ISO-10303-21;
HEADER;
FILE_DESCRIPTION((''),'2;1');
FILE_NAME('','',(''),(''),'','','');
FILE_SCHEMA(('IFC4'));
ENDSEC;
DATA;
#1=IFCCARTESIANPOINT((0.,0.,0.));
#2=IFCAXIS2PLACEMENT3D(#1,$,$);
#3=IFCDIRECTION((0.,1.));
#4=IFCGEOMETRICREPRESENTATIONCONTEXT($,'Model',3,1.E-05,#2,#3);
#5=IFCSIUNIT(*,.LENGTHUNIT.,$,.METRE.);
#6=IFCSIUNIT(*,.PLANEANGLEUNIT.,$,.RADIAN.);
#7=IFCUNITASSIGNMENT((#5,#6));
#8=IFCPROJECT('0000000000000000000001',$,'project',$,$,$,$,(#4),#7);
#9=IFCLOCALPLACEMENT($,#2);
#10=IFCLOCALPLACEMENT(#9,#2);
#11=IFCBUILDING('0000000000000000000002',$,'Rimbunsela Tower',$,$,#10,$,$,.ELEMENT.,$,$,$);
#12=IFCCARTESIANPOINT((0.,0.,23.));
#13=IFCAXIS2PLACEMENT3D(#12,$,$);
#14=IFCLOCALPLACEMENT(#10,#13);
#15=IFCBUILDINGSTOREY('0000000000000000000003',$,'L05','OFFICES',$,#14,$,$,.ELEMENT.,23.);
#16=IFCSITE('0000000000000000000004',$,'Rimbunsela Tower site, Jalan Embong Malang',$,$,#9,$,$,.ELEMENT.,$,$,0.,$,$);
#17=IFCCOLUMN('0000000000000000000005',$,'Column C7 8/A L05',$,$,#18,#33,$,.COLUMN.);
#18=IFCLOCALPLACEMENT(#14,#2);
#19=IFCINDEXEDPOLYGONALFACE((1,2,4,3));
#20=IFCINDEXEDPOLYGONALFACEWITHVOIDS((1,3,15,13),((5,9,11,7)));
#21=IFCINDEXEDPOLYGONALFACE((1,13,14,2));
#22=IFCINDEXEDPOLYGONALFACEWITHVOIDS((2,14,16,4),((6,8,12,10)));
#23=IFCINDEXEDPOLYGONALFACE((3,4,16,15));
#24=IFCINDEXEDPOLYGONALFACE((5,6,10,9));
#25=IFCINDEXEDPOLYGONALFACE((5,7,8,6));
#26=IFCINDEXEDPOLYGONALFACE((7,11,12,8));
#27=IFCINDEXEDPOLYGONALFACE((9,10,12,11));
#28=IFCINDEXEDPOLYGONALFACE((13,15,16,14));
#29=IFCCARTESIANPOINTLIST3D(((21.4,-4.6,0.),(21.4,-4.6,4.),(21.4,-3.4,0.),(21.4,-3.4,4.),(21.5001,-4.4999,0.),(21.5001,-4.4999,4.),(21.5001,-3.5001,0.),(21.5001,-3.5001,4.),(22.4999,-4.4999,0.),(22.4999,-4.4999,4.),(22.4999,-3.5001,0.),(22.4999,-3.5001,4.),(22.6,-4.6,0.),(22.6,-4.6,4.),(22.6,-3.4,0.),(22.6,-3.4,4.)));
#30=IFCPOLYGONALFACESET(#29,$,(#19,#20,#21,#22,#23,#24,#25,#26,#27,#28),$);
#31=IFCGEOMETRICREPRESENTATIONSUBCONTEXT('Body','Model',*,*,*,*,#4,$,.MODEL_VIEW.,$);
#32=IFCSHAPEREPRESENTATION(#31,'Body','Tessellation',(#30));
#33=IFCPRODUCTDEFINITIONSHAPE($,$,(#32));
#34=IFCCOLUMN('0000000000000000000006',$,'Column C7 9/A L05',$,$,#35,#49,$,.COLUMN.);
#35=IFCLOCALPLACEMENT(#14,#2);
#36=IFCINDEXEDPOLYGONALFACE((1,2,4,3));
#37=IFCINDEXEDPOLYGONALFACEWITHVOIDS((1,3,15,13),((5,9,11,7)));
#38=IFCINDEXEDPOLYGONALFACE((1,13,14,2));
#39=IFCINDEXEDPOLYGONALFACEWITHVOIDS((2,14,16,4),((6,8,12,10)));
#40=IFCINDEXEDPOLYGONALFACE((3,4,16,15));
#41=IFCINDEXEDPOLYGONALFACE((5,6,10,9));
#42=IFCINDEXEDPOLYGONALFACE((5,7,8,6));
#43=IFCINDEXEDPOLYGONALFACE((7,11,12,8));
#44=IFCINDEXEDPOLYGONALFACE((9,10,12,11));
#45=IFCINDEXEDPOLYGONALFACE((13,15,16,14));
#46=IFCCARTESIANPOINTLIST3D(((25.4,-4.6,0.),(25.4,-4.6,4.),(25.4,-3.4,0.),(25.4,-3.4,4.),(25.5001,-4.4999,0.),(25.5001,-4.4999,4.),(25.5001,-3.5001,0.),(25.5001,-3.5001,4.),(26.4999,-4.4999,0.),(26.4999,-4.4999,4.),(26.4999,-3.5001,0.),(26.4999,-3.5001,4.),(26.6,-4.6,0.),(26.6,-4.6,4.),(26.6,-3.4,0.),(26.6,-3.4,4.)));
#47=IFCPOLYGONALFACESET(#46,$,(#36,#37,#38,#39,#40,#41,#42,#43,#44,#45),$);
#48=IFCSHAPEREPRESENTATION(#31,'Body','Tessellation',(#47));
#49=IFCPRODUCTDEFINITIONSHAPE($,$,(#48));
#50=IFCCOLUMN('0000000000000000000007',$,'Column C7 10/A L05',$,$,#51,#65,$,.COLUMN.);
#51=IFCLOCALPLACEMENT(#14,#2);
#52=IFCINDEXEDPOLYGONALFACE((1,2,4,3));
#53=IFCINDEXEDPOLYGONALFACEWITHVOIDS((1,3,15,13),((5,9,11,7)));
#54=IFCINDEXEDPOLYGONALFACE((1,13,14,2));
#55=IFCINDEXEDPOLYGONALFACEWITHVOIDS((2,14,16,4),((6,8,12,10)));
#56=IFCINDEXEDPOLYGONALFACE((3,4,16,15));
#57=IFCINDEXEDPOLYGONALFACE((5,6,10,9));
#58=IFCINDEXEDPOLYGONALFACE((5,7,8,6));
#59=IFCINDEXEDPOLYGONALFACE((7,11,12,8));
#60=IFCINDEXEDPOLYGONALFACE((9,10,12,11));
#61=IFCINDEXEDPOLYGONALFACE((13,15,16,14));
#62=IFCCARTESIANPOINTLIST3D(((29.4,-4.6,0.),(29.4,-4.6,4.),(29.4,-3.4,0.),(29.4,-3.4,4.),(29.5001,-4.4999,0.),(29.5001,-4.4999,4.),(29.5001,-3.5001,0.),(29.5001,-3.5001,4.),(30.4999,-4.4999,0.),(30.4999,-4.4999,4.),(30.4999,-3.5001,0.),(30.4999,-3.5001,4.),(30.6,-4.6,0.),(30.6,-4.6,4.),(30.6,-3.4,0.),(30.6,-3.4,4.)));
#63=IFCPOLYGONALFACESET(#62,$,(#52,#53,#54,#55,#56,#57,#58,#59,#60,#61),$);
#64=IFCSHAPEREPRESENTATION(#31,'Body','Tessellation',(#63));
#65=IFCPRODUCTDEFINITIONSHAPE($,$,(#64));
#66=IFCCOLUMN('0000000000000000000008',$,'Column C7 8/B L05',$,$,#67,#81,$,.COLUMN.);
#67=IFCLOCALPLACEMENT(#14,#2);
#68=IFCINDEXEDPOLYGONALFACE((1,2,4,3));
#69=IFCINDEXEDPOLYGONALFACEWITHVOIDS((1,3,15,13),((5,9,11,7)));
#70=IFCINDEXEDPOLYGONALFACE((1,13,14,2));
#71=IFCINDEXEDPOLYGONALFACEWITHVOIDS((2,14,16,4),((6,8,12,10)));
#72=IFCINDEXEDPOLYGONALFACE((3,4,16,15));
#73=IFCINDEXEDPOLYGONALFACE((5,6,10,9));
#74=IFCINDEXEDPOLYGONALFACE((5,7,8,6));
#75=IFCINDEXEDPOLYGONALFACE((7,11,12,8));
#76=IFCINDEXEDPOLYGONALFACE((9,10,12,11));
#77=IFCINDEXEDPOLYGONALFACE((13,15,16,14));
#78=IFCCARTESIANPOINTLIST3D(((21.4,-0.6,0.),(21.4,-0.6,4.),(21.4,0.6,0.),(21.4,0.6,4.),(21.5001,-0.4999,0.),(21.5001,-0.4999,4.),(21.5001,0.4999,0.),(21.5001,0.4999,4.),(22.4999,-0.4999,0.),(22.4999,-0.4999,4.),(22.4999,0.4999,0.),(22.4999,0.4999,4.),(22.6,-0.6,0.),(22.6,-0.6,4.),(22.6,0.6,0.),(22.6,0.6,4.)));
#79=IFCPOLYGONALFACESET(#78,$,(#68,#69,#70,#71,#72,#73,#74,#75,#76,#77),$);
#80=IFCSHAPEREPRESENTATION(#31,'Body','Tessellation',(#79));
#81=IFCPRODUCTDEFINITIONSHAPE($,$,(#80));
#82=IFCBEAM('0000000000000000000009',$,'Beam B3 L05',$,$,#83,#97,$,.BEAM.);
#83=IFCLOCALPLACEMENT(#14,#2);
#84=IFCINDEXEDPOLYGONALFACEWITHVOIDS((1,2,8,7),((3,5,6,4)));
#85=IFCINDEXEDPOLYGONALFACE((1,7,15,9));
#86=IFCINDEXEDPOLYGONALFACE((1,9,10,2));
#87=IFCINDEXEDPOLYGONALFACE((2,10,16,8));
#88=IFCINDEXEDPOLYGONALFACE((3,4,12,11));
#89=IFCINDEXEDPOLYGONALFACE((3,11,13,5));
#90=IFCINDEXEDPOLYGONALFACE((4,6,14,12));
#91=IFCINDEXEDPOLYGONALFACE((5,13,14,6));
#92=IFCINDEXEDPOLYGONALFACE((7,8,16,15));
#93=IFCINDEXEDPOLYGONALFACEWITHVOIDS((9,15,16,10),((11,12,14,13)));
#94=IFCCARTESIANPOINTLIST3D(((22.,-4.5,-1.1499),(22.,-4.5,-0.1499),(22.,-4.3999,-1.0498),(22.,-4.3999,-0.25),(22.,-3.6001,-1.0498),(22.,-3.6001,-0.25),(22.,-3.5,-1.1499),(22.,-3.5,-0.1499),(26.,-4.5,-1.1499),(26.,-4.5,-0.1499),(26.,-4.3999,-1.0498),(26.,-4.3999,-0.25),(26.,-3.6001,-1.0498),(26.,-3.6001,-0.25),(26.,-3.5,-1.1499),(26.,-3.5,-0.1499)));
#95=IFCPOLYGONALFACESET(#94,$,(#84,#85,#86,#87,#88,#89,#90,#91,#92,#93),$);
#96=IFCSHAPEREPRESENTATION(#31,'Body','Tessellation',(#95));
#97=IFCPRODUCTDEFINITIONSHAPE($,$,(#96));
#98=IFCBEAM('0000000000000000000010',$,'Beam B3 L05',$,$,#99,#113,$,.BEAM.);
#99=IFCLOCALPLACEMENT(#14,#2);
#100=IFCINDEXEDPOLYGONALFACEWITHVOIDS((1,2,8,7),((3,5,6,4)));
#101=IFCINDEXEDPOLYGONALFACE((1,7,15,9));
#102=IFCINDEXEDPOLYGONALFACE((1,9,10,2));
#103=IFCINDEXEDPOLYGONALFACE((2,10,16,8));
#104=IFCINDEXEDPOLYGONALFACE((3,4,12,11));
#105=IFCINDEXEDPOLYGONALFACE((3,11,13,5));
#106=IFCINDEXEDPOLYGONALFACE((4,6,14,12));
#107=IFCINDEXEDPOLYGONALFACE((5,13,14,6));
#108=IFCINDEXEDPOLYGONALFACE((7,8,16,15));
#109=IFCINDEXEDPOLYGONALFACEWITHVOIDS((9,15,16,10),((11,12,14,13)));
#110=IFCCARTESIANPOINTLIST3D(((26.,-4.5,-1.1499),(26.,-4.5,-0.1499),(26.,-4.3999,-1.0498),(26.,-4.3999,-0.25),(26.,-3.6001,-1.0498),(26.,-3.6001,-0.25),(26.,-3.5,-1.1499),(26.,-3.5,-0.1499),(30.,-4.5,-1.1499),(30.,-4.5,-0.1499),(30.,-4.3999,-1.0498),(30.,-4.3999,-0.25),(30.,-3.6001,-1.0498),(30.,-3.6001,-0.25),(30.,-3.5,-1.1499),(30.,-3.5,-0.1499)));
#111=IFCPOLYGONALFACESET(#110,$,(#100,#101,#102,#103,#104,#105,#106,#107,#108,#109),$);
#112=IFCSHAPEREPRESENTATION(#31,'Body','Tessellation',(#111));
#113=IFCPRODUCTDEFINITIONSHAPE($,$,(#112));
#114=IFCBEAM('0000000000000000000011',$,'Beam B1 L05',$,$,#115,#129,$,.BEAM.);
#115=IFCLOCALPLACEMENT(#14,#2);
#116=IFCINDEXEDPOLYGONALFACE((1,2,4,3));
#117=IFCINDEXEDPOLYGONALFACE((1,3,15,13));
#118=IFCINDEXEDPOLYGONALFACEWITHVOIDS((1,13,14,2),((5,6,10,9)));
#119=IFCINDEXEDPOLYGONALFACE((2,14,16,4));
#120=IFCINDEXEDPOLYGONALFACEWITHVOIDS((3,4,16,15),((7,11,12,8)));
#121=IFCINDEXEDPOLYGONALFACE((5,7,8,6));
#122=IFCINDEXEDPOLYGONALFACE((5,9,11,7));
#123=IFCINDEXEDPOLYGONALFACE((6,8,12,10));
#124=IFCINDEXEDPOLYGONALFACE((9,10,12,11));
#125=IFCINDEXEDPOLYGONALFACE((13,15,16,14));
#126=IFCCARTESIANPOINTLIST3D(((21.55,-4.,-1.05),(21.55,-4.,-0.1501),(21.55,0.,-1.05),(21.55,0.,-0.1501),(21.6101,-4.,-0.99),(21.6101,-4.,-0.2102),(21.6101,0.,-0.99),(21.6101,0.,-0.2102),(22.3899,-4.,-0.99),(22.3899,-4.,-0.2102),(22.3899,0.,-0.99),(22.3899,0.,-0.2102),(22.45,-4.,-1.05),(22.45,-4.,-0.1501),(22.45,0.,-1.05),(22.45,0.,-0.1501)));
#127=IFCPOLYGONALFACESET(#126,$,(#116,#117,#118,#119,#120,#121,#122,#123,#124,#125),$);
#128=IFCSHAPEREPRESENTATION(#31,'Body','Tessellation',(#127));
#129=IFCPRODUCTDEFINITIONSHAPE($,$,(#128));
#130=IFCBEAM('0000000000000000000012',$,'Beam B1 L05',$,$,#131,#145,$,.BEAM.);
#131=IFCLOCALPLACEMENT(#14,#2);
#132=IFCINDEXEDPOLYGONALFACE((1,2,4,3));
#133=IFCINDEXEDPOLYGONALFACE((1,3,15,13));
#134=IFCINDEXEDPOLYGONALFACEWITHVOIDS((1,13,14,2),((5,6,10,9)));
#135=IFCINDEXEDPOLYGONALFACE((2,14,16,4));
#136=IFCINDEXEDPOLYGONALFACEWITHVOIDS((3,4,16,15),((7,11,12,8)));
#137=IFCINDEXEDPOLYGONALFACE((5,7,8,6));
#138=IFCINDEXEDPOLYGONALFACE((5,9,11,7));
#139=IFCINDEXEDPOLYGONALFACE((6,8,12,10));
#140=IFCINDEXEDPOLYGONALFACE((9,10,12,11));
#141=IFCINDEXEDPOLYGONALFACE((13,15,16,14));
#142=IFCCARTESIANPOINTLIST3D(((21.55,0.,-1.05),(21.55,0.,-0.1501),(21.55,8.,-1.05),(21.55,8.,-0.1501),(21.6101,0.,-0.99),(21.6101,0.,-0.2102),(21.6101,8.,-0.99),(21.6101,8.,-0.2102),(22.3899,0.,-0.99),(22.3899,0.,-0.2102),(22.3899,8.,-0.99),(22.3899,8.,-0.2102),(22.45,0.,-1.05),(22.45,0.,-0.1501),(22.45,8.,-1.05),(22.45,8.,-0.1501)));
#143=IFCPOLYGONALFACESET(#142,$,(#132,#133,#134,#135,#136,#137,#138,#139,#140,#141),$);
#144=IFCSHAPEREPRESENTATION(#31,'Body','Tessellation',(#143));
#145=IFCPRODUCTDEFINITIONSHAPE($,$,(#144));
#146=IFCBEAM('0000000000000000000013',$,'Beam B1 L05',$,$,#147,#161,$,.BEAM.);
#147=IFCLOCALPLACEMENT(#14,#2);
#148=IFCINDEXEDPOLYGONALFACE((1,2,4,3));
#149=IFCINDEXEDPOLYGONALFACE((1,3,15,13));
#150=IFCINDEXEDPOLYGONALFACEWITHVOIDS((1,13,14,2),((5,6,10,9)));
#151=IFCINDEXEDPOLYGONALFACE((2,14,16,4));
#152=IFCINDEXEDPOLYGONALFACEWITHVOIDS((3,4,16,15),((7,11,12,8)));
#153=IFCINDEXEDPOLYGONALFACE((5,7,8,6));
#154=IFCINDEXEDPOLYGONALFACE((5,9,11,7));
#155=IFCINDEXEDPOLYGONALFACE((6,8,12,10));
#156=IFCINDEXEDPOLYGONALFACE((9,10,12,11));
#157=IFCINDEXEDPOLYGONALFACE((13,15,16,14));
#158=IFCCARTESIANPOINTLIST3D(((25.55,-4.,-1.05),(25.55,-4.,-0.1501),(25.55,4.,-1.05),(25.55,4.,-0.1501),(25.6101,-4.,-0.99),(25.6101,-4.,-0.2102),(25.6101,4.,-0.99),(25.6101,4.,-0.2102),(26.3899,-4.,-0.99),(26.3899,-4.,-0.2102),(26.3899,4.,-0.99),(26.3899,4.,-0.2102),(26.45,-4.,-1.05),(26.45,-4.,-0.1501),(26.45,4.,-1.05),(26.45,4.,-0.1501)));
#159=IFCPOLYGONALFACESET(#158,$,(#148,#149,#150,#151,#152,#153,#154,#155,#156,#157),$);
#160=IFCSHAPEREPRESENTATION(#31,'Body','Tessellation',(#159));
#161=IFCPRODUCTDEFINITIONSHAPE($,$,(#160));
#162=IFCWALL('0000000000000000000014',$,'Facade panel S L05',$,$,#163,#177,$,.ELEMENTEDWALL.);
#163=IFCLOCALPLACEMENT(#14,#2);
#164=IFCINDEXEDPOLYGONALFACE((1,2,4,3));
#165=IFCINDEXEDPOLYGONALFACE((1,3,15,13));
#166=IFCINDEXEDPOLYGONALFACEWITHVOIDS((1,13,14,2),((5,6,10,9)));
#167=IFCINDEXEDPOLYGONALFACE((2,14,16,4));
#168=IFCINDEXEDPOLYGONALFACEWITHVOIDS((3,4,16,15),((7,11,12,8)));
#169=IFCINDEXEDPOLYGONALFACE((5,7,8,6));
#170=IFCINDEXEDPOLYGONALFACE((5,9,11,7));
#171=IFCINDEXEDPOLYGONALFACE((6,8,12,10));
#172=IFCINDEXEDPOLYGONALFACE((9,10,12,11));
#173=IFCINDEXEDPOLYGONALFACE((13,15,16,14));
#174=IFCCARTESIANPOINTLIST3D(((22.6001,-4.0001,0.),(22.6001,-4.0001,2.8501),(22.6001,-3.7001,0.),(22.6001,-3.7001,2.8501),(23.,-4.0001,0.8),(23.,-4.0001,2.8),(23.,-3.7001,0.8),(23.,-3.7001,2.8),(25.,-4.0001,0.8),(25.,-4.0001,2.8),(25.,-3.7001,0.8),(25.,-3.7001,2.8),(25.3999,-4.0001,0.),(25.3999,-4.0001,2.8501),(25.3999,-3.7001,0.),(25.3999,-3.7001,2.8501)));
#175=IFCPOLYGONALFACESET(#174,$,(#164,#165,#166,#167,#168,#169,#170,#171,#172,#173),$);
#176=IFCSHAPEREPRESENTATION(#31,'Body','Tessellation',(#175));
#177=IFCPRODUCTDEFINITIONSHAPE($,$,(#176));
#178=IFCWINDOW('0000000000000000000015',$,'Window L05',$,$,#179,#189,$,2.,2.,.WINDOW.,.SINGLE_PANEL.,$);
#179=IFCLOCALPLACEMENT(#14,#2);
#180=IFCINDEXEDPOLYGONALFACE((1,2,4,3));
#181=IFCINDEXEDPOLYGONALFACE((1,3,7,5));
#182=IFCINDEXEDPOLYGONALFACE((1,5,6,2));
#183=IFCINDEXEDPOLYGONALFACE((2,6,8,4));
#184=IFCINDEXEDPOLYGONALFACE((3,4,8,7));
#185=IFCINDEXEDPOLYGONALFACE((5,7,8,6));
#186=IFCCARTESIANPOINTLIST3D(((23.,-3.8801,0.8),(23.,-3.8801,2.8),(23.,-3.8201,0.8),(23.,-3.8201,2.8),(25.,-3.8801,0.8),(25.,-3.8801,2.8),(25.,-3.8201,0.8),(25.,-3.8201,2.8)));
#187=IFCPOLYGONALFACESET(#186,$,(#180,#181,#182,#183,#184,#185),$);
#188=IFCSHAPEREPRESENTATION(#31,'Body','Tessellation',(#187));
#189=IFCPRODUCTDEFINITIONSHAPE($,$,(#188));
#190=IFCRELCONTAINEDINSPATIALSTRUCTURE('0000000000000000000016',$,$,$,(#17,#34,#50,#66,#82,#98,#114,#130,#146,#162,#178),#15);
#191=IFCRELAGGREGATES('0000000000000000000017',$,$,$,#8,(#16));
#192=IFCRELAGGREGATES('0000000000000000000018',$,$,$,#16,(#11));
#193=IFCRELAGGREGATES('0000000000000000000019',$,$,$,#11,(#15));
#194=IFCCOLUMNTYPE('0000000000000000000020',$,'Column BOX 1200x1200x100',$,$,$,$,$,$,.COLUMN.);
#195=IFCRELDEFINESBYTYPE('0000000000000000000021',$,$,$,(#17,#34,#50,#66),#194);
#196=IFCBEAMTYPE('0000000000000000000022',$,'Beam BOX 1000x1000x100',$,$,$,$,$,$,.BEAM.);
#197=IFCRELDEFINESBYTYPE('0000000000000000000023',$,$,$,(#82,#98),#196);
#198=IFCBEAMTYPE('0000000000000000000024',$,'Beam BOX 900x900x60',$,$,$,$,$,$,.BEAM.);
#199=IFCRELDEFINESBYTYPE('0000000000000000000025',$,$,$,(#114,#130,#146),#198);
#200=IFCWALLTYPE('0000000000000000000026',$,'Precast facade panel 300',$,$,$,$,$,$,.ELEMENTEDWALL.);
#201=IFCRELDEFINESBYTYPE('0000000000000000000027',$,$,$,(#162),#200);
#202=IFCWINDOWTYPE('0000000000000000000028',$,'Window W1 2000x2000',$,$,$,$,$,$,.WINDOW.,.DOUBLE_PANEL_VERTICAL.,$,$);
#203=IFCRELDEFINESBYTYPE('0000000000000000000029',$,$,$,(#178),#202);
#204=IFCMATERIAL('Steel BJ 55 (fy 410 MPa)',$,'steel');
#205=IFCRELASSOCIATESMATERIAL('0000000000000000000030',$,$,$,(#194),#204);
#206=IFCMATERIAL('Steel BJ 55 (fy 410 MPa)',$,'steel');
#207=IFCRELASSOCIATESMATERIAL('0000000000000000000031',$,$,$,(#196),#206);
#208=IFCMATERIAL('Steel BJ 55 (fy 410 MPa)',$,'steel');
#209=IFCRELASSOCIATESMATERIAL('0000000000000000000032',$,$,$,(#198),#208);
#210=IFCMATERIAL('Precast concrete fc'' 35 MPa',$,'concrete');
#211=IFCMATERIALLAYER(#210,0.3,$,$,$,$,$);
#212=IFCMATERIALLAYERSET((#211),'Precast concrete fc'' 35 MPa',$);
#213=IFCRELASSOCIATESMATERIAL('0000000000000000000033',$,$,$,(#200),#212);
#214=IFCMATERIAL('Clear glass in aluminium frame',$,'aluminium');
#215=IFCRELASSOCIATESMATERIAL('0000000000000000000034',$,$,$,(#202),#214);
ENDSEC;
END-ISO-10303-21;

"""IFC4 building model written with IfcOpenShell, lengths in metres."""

from ifc_helpers import new_model, si_unit, direction, frame, frame_2d, origin, origin_2d, place, context, subcontext, project, spatial, rectangle, hollow_rectangle, extrude, material, layer, layer_set, material_profile, profile_set, type_object, element, fill, save


model = new_model("IFC4")

# Units and contexts
model_context = context("Model", 3, precision=1e-05, world=origin(), true_north=direction((0.0, 1.0)))
body_context = subcontext(model_context, "Body", "Model", "MODEL_VIEW")
ifc_project = project(units=[si_unit("LENGTHUNIT", "METRE"), si_unit("PLANEANGLEUNIT", "RADIAN")], contexts=[model_context])

# Site, building, storey
site_placement = place(None, origin())
site = spatial("IfcSite", under=ifc_project, at=site_placement, Name="Rimbunsela Tower site, Jalan Embong Malang", CompositionType="ELEMENT", RefElevation=0.0)
building_placement = place(site_placement, origin())
building = spatial("IfcBuilding", under=site, at=building_placement, Name="Rimbunsela Tower", CompositionType="ELEMENT")
storey_placement = place(building_placement, frame((0.0, 0.0, 23.0)))
storey = spatial("IfcBuildingStorey", under=building, at=storey_placement, Name="L05", Description="OFFICES", CompositionType="ELEMENT", Elevation=23.0)

# Columns
ifc_material_1 = material(Name="Steel BJ 55 (fy 410 MPa)", Category="steel")
ifc_material_profile_1 = material_profile(ifc_material_1, hollow_rectangle(XDim=1.2, YDim=1.2, WallThickness=0.1001, at=origin_2d()), Name="BOX 1200x1200x100")
ifc_profile_set_1 = profile_set([ifc_material_profile_1], Name="Steel BJ 55 (fy 410 MPa)")
column_type = type_object("IfcColumnType", Name="Column BOX 1200x1200x100", PredefinedType="COLUMN", material=ifc_profile_set_1)
for number, where, z_axis, x_axis, name in (
    (1, (22.0, -4.0, 0.0), (0.0, 0.0, 1.0), (1.0, 0.0, 0.0), "Column C7 8/A L05"),
    (2, (26.0, -4.0, 0.0), (0.0, 0.0, 1.0), (1.0, 0.0, 0.0), "Column C7 9/A L05"),
    (3, (30.0, -4.0, 0.0), (0.0, 0.0, 1.0), (1.0, 0.0, 0.0), "Column C7 10/A L05"),
    (4, (22.0, 0.0, 0.0), (0.0, 0.0, 1.0), (1.0, 0.0, 0.0), "Column C7 8/B L05"),
):
    element("IfcColumn", number, at=place(storey_placement, frame(where, z_axis=z_axis, x_axis=x_axis)), inside=storey, type_object=column_type, Name=name, PredefinedType="COLUMN", context=body_context, shape_type="SweptSolid", body=[
        extrude(hollow_rectangle(XDim=1.2, YDim=1.2, WallThickness=0.1001, at=origin_2d()), origin(), (0.0, 0.0, 1.0), 4.0),
    ])

# Beams
ifc_material_2 = material(Name="Steel BJ 55 (fy 410 MPa)", Category="steel")
ifc_material_profile_2 = material_profile(ifc_material_2, hollow_rectangle(XDim=1.0, YDim=1.0, WallThickness=0.1001, at=origin_2d()), Name="BOX 1000x1000x100")
ifc_profile_set_2 = profile_set([ifc_material_profile_2], Name="Steel BJ 55 (fy 410 MPa)")
beam_type_1 = type_object("IfcBeamType", Name="Beam BOX 1000x1000x100", PredefinedType="BEAM", material=ifc_profile_set_2)
for number, where, z_axis, x_axis, name in (
    (5, (22.0, -4.0, -0.6499), (1.0, 0.0, 0.0), (0.0, 1.0, 0.0), "Beam B3 L05"),
    (6, (26.0, -4.0, -0.6499), (1.0, 0.0, 0.0), (0.0, 1.0, 0.0), "Beam B3 L05"),
):
    element("IfcBeam", number, at=place(storey_placement, frame(where, z_axis=z_axis, x_axis=x_axis)), inside=storey, type_object=beam_type_1, Name=name, PredefinedType="BEAM", context=body_context, shape_type="SweptSolid", body=[
        extrude(hollow_rectangle(XDim=1.0, YDim=1.0, WallThickness=0.1001, at=origin_2d()), origin(), (0.0, 0.0, 1.0), 4.0),
    ])
ifc_material_3 = material(Name="Steel BJ 55 (fy 410 MPa)", Category="steel")
ifc_material_profile_3 = material_profile(ifc_material_3, hollow_rectangle(XDim=0.8999, YDim=0.8999, WallThickness=0.0601, at=origin_2d()), Name="BOX 900x900x60")
ifc_profile_set_3 = profile_set([ifc_material_profile_3], Name="Steel BJ 55 (fy 410 MPa)")
beam_type_2 = type_object("IfcBeamType", Name="Beam BOX 900x900x60", PredefinedType="BEAM", material=ifc_profile_set_3)
beam_placement = place(storey_placement, frame((22.0, -4.0, -0.6001), z_axis=(0.0, 1.0, 0.0), x_axis=(-1.0, 0.0, 0.0)))
element("IfcBeam", 7, at=beam_placement, inside=storey, type_object=beam_type_2, Name="Beam B1 L05", PredefinedType="BEAM", context=body_context, shape_type="SweptSolid", body=[
    extrude(hollow_rectangle(XDim=0.8999, YDim=0.8999, WallThickness=0.0601, at=origin_2d()), origin(), (0.0, 0.0, 1.0), 4.0),
])
for number, where, z_axis, x_axis, name in (
    (8, (22.0, 0.0, -0.6001), (0.0, 1.0, 0.0), (-1.0, 0.0, 0.0), "Beam B1 L05"),
    (9, (26.0, -4.0, -0.6001), (0.0, 1.0, 0.0), (-1.0, 0.0, 0.0), "Beam B1 L05"),
):
    element("IfcBeam", number, at=place(storey_placement, frame(where, z_axis=z_axis, x_axis=x_axis)), inside=storey, type_object=beam_type_2, Name=name, PredefinedType="BEAM", context=body_context, shape_type="SweptSolid", body=[
        extrude(hollow_rectangle(XDim=0.8999, YDim=0.8999, WallThickness=0.0601, at=origin_2d()), origin(), (0.0, 0.0, 1.0), 8.0),
    ])

# Wall, opening, window
ifc_material_4 = material(Name="Precast concrete fc' 35 MPa", Category="concrete")
ifc_layer_1 = layer(ifc_material_4, 0.3)
ifc_layer_set_1 = layer_set([ifc_layer_1], Name="Precast concrete fc' 35 MPa")
wall_type_1 = type_object("IfcWallType", Name="Precast facade panel 300", PredefinedType="ELEMENTEDWALL", material=ifc_layer_set_1)
wall_1_placement = place(storey_placement, frame((22.6001, -3.8501, 0.0), z_axis=(0.0, 0.0, 1.0), x_axis=(1.0, 0.0, 0.0)))
wall_1 = element("IfcWall", 10, at=wall_1_placement, inside=storey, type_object=wall_type_1, Name="Facade panel S L05", PredefinedType="ELEMENTEDWALL", context=body_context, shape_type="SweptSolid", body=[
    extrude(rectangle(XDim=2.7998, YDim=0.3, at=frame_2d((1.3999, 0.0))), origin(), (0.0, 0.0, 1.0), 2.8501),
])
opening_1_placement = place(wall_1_placement, frame((0.3999, 0.0, 0.8)))
opening_1 = element("IfcOpeningElement", 11, at=opening_1_placement, cuts=wall_1, PredefinedType="OPENING", context=body_context, shape_type="SweptSolid", body=[
    extrude(rectangle(XDim=2.0, YDim=2.0, at=frame_2d((1.0, 1.0))), frame((0.0, 0.1599, 0.0), z_axis=(0.0, -1.0, 0.0), x_axis=(1.0, 0.0, 0.0)), (0.0, 0.0, 1.0), 0.3201),
])
ifc_material_5 = material(Name="Clear glass in aluminium frame", Category="aluminium")
window_type_1 = type_object("IfcWindowType", Name="Window W1 2000x2000", PartitioningType="DOUBLE_PANEL_VERTICAL", PredefinedType="WINDOW", material=ifc_material_5)
window_1_placement = place(opening_1_placement, origin())
window_1 = element("IfcWindow", 12, at=window_1_placement, inside=storey, type_object=window_type_1, Name="Window L05", OverallHeight=2.0, OverallWidth=2.0, PartitioningType="SINGLE_PANEL", PredefinedType="WINDOW", context=body_context, shape_type="SweptSolid", body=[
    extrude(rectangle(XDim=2.0, YDim=2.0, at=frame_2d((1.0, 1.0))), frame((0.0, 0.03, 0.0), z_axis=(0.0, -1.0, 0.0), x_axis=(1.0, 0.0, 0.0)), (0.0, 0.0, 1.0), 0.0601),
])
fill(opening_1, window_1)

save(model, "model.ifc")
